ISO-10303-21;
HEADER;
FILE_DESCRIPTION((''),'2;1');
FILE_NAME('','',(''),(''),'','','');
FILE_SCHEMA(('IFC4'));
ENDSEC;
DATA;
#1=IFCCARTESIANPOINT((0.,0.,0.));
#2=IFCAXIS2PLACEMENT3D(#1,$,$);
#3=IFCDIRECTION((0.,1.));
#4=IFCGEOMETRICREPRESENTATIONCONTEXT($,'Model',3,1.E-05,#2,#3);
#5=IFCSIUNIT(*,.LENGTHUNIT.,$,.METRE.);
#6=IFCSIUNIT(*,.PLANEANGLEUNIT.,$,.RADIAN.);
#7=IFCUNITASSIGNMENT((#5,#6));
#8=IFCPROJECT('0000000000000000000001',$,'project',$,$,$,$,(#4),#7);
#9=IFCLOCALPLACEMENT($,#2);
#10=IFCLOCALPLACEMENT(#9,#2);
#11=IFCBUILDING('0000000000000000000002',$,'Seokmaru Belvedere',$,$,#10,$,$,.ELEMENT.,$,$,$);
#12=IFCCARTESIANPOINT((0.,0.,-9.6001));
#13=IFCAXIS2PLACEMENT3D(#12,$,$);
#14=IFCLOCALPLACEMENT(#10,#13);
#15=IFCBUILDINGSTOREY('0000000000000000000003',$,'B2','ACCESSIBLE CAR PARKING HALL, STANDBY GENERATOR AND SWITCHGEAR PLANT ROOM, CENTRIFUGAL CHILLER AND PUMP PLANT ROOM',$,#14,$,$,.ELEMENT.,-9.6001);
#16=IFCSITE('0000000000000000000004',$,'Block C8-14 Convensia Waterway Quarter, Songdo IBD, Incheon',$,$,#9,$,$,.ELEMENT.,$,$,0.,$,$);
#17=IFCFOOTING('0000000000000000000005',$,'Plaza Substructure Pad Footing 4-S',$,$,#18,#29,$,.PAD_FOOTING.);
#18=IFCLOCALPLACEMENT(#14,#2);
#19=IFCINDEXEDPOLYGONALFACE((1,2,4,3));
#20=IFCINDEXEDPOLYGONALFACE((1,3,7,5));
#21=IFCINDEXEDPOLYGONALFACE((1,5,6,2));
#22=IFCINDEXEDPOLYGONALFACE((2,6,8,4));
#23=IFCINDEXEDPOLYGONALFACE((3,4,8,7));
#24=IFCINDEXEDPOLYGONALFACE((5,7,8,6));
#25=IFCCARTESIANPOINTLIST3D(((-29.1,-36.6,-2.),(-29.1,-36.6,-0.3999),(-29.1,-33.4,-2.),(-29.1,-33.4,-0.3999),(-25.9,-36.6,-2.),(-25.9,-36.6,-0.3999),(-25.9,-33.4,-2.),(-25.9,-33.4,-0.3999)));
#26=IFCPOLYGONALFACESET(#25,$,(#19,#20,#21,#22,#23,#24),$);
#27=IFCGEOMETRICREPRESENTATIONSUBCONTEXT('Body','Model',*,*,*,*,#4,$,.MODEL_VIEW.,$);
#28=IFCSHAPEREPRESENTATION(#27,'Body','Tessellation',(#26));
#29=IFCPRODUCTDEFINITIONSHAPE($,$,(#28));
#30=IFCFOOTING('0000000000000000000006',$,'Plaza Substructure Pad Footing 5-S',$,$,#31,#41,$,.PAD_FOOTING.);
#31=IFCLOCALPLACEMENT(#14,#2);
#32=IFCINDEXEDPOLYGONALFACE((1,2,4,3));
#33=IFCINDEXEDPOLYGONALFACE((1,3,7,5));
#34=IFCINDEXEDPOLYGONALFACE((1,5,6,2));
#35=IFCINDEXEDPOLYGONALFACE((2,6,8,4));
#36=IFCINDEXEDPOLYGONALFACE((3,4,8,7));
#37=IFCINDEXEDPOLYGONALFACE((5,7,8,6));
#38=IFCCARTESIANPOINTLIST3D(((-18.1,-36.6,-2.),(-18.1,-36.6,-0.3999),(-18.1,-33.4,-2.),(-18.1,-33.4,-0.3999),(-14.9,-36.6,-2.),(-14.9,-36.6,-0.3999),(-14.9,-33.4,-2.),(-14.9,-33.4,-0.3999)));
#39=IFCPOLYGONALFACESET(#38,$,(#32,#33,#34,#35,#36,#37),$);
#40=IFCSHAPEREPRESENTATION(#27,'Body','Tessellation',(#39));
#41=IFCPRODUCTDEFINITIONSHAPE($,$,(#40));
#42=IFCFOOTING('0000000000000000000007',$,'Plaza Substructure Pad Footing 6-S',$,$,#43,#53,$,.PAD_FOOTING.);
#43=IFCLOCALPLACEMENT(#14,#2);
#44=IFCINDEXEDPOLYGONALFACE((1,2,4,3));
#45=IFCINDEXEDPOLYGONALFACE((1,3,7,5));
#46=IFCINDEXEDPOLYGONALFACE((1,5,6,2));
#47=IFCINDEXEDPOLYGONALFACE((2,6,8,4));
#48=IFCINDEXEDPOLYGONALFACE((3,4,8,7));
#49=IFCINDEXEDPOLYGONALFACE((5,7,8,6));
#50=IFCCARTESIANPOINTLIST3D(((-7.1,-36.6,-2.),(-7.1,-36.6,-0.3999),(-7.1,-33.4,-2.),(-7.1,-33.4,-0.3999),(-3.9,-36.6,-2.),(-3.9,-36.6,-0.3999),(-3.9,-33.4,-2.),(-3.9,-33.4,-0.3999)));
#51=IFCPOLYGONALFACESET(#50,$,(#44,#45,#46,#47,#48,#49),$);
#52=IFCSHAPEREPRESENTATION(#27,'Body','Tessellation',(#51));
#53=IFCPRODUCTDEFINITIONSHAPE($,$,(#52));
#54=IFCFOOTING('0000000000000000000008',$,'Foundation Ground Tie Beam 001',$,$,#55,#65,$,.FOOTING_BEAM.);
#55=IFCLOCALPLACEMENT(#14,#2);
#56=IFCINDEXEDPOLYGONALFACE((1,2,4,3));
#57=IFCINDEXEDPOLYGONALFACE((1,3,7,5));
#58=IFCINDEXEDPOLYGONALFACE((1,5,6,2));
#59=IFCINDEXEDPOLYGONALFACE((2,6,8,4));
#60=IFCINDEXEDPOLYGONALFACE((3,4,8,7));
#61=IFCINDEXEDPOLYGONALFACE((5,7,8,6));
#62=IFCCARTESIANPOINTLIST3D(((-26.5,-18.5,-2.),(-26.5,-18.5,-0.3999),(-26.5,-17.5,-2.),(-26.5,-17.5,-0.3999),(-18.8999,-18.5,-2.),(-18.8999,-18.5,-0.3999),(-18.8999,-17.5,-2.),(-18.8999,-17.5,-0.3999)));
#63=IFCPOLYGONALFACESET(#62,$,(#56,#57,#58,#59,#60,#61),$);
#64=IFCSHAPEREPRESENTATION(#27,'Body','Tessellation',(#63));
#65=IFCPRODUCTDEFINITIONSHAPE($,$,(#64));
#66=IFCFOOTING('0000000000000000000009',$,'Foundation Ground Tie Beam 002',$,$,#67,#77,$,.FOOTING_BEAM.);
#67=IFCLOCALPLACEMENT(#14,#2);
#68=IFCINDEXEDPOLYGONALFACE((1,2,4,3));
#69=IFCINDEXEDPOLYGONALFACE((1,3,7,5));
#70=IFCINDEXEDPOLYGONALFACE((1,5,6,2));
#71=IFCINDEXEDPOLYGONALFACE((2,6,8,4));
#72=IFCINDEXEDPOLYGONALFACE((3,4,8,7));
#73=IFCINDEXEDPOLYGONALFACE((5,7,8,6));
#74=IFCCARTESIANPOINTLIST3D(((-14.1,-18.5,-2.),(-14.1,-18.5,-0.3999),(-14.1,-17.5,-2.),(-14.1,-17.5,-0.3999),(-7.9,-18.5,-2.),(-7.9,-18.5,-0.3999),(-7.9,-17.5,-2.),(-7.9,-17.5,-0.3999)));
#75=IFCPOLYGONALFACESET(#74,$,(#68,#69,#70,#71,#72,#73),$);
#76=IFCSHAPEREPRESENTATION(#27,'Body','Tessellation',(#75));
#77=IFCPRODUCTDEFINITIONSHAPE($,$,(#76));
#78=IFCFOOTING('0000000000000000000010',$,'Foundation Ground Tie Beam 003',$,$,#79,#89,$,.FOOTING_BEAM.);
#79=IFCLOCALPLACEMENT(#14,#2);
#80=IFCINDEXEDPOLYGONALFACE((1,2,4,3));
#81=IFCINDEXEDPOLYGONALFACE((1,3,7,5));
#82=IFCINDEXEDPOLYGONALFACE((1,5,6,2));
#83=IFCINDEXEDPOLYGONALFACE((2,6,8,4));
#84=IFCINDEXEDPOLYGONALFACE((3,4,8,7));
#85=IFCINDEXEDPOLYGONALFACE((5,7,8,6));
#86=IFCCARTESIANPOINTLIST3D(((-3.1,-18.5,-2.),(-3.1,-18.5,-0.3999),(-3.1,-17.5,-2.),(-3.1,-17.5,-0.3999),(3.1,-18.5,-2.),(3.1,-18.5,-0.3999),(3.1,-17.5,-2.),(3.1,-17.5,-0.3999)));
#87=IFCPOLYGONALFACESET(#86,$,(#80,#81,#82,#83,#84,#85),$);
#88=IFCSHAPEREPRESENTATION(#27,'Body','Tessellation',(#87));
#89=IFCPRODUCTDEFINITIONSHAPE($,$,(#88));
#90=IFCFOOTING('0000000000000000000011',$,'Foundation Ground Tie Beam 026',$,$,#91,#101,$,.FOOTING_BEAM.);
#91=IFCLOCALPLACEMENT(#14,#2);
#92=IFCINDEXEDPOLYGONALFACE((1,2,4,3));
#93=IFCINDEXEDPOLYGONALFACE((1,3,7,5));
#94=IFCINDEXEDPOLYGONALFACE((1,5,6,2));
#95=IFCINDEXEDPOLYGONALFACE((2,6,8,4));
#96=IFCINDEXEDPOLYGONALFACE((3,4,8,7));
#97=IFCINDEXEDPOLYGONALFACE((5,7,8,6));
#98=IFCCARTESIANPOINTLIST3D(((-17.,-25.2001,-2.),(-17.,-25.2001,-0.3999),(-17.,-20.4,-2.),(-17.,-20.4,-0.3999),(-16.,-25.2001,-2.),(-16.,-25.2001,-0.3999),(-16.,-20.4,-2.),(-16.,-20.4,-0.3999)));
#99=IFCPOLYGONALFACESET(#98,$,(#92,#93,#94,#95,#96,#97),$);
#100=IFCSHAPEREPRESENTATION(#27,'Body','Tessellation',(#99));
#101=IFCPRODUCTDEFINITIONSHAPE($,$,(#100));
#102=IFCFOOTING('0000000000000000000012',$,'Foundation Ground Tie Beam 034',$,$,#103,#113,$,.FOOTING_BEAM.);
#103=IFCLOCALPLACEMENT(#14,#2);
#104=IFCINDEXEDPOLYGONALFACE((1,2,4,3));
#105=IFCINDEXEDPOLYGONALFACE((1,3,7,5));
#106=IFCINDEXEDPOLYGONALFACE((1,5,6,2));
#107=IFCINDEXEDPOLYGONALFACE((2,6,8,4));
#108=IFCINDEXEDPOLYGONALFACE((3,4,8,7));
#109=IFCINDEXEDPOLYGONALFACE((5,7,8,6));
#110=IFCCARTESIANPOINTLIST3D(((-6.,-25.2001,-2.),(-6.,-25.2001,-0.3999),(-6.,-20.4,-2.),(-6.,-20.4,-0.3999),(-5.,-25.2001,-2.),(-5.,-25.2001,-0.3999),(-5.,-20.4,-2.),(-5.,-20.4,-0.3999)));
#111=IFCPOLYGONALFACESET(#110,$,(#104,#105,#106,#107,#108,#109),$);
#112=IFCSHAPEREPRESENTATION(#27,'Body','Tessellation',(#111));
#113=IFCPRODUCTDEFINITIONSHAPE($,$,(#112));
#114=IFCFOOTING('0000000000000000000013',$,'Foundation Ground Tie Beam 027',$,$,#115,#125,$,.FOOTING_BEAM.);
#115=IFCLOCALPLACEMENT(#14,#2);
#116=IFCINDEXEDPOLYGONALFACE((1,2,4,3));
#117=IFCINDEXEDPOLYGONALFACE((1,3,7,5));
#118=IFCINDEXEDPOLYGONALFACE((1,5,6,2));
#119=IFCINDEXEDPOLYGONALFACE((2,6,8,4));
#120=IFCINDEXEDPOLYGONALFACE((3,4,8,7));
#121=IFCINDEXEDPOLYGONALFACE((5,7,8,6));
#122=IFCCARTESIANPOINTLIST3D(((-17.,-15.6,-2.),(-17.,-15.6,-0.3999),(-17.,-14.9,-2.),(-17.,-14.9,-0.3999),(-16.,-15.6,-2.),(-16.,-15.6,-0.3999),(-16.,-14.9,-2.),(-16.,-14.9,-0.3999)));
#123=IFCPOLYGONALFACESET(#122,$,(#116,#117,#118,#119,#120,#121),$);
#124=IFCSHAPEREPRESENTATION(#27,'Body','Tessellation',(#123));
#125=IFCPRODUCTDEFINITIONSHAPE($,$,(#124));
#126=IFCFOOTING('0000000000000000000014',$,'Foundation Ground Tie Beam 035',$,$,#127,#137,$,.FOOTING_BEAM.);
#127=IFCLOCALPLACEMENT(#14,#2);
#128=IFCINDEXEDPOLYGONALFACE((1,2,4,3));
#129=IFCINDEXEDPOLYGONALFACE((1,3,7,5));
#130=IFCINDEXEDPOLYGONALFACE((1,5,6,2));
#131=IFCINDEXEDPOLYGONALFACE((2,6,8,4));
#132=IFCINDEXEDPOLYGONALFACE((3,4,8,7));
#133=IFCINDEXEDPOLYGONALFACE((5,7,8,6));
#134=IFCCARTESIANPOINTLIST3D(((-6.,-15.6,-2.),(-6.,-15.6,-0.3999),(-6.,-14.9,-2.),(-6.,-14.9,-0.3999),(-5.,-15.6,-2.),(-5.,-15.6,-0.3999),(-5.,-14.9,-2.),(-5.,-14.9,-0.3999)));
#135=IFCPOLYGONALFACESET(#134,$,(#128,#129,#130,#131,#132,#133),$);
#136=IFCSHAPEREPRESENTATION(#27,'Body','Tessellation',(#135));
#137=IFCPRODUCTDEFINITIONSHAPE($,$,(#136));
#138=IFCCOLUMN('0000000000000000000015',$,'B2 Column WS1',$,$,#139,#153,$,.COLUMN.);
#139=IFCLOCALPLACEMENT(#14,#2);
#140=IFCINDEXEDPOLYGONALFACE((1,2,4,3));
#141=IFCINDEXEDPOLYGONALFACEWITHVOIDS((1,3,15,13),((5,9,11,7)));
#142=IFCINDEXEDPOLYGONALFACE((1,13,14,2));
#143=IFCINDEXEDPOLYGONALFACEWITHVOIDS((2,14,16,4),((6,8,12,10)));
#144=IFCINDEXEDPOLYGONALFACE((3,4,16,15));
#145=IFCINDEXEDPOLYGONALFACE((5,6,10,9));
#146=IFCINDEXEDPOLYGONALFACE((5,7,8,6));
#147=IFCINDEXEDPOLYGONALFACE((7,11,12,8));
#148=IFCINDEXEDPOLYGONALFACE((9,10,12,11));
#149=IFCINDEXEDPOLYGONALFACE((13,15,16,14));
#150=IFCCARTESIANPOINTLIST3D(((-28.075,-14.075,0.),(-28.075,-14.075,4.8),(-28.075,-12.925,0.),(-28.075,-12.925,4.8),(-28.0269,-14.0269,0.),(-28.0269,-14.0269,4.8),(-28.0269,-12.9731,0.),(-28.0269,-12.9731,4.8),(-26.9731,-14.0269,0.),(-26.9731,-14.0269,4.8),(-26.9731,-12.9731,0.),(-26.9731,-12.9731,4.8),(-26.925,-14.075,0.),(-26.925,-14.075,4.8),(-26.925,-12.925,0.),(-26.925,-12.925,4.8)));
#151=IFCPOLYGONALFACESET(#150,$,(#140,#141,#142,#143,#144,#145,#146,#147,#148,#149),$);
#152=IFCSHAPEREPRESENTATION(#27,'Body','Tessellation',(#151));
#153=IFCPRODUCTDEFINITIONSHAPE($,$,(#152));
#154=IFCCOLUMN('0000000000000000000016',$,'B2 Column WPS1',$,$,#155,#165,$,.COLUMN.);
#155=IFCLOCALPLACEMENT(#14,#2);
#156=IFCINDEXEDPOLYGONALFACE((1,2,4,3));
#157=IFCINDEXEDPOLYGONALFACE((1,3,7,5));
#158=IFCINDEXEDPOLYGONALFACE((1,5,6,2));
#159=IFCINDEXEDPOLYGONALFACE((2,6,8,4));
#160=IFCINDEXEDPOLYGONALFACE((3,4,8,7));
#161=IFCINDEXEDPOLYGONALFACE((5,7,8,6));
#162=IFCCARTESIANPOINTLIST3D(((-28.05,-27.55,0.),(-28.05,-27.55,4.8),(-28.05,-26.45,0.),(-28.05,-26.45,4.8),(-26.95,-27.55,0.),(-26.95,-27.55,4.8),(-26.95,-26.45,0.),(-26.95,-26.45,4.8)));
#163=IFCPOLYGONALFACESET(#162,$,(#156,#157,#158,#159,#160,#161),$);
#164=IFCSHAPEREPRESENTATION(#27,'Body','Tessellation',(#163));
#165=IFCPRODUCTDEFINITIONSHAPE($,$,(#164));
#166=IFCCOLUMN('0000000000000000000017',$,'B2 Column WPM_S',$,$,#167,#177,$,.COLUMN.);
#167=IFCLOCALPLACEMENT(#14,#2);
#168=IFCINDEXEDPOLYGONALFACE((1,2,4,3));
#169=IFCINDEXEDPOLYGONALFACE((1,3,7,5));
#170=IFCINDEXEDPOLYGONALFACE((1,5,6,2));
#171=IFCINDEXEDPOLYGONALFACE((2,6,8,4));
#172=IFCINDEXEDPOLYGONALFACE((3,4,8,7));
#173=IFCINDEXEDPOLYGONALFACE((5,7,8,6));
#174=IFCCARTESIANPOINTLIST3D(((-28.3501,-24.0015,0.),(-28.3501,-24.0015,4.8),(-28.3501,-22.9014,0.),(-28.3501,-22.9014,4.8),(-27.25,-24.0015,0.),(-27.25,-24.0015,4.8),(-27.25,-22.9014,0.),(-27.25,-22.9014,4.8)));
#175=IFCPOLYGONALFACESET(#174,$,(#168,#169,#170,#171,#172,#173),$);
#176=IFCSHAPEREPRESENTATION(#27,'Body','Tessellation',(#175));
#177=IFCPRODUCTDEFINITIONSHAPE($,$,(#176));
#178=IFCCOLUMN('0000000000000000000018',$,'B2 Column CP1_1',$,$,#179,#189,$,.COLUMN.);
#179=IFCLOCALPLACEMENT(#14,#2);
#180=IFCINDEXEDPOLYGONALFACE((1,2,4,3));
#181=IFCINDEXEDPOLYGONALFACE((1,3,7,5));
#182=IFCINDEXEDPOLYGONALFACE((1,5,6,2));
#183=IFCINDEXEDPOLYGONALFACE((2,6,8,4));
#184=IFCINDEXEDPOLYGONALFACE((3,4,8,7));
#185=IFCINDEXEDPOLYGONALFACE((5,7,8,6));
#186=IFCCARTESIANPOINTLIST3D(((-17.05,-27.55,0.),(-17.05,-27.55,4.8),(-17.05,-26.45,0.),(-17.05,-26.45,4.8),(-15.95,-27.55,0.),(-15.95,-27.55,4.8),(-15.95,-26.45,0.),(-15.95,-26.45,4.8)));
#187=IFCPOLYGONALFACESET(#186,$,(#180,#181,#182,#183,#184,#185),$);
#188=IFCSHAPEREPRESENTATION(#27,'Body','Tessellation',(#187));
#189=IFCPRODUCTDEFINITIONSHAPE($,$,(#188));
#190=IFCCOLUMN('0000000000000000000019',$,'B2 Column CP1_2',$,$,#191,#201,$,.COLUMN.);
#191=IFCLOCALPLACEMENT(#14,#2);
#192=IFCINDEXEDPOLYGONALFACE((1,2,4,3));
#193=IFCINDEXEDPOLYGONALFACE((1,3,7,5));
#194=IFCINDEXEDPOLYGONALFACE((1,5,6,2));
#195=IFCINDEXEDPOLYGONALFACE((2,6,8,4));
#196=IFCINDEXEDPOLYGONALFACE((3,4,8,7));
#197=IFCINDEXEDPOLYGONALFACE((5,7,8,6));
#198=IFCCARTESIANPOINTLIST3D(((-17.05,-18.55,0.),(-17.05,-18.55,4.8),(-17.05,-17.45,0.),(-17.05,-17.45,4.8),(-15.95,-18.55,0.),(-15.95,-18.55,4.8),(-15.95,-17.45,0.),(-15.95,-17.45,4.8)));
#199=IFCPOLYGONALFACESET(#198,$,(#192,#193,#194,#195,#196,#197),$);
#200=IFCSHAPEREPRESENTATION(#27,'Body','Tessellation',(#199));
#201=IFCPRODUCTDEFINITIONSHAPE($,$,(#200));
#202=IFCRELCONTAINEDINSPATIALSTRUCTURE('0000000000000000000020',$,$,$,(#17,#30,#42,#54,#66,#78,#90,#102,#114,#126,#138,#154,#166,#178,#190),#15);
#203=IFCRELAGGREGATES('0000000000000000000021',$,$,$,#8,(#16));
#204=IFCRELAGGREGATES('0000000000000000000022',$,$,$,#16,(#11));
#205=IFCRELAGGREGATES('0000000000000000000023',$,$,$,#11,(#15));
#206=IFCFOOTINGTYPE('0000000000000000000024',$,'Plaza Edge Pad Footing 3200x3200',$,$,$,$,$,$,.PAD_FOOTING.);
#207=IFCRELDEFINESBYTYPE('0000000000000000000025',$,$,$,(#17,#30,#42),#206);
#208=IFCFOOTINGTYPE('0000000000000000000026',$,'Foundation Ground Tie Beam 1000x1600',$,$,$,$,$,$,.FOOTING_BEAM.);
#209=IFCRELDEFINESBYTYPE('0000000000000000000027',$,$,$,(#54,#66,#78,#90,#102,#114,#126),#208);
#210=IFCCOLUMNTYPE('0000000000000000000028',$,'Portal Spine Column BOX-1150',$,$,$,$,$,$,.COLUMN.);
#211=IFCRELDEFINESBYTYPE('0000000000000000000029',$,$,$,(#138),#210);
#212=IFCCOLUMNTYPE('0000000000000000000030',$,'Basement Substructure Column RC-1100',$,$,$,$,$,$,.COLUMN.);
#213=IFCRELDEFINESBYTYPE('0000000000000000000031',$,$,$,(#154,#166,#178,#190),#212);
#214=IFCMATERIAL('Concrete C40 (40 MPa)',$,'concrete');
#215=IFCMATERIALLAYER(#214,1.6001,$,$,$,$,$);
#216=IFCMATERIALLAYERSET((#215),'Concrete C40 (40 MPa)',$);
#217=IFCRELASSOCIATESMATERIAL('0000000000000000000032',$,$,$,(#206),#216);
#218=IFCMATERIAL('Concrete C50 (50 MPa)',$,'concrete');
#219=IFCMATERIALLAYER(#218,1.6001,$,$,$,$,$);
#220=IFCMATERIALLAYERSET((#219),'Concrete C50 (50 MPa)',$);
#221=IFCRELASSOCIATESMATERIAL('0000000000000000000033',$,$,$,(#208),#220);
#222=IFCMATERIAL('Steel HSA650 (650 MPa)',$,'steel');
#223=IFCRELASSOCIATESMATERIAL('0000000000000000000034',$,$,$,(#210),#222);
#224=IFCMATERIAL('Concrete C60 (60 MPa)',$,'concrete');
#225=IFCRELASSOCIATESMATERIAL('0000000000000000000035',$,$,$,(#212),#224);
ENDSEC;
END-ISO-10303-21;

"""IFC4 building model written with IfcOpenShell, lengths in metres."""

from ifc_helpers import new_model, si_unit, direction, frame, origin, origin_2d, place, context, subcontext, project, spatial, rectangle, hollow_rectangle, extrude, source, transform, mapped, material, layer, layer_set, material_profile, profile_set, type_object, type_shapes, element, save


model = new_model("IFC4")

# Units and contexts
model_context = context("Model", 3, precision=1e-05, world=origin(), true_north=direction((0.0, 1.0)))
body_context = subcontext(model_context, "Body", "Model", "MODEL_VIEW")
ifc_project = project(units=[si_unit("LENGTHUNIT", "METRE"), si_unit("PLANEANGLEUNIT", "RADIAN")], contexts=[model_context])

# Site, building, storey
site_placement = place(None, origin())
site = spatial("IfcSite", under=ifc_project, at=site_placement, Name="Block C8-14 Convensia Waterway Quarter, Songdo IBD, Incheon", CompositionType="ELEMENT", RefElevation=0.0)
building_placement = place(site_placement, origin())
building = spatial("IfcBuilding", under=site, at=building_placement, Name="Seokmaru Belvedere", CompositionType="ELEMENT")
storey_placement = place(building_placement, frame((0.0, 0.0, -9.6001)))
storey = spatial("IfcBuildingStorey", under=building, at=storey_placement, Name="B2", Description="ACCESSIBLE CAR PARKING HALL, STANDBY GENERATOR AND SWITCHGEAR PLANT ROOM, CENTRIFUGAL CHILLER AND PUMP PLANT ROOM", CompositionType="ELEMENT", Elevation=-9.6001)

# Shared definitions
ifc_material_1 = material(Name="Concrete C50 (50 MPa)", Category="concrete")

# Footings
ifc_material_2 = material(Name="Concrete C40 (40 MPa)", Category="concrete")
ifc_layer_1 = layer(ifc_material_2, 1.6001)
ifc_layer_set_1 = layer_set([ifc_layer_1], Name="Concrete C40 (40 MPa)")
footing_type_1 = type_object("IfcFootingType", Name="Plaza Edge Pad Footing 3200x3200", PredefinedType="PAD_FOOTING", material=ifc_layer_set_1)
shared_shape_1 = source(origin(), body_context, "Body", "SweptSolid", [
    extrude(rectangle(XDim=3.2, YDim=3.2, at=origin_2d()), origin(), (0.0, 0.0, 1.0), 1.6001),
])
type_shapes(footing_type_1, [shared_shape_1])
for number, where, z_axis, x_axis, name in (
    (1, (-27.5, -35.0, -2.0), (0.0, 0.0, 1.0), (1.0, 0.0, 0.0), "Plaza Substructure Pad Footing 4-S"),
    (2, (-16.5, -35.0, -2.0), (0.0, 0.0, 1.0), (1.0, 0.0, 0.0), "Plaza Substructure Pad Footing 5-S"),
    (3, (-5.5, -35.0, -2.0), (0.0, 0.0, 1.0), (1.0, 0.0, 0.0), "Plaza Substructure Pad Footing 6-S"),
):
    element("IfcFooting", number, at=place(storey_placement, frame(where, z_axis=z_axis, x_axis=x_axis)), inside=storey, type_object=footing_type_1, Name=name, PredefinedType="PAD_FOOTING", context=body_context, shape_type="MappedRepresentation", body=[
        mapped(shared_shape_1, transform((0.0, 0.0, 0.0), scale=1.0)),
    ])
ifc_layer_2 = layer(ifc_material_1, 1.6001)
ifc_layer_set_2 = layer_set([ifc_layer_2], Name="Concrete C50 (50 MPa)")
footing_type_2 = type_object("IfcFootingType", Name="Foundation Ground Tie Beam 1000x1600", PredefinedType="FOOTING_BEAM", material=ifc_layer_set_2)
shared_shape_2 = source(origin(), body_context, "Body", "SweptSolid", [
    extrude(rectangle(XDim=7.6001, YDim=1.0, at=origin_2d()), origin(), (0.0, 0.0, 1.0), 1.6001),
])
footing_placement = place(storey_placement, frame((-22.7, -18.0, -2.0), z_axis=(0.0, 0.0, 1.0), x_axis=(1.0, 0.0, 0.0)))
element("IfcFooting", 4, at=footing_placement, inside=storey, type_object=footing_type_2, Name="Foundation Ground Tie Beam 001", PredefinedType="FOOTING_BEAM", context=body_context, shape_type="MappedRepresentation", body=[
    mapped(shared_shape_2, transform((0.0, 0.0, 0.0), scale=1.0)),
])
shared_shape_3 = source(origin(), body_context, "Body", "SweptSolid", [
    extrude(rectangle(XDim=6.2, YDim=1.0, at=origin_2d()), origin(), (0.0, 0.0, 1.0), 1.6001),
])
for number, where, z_axis, x_axis, name in (
    (5, (-11.0, -18.0, -2.0), (0.0, 0.0, 1.0), (1.0, 0.0, 0.0), "Foundation Ground Tie Beam 002"),
    (6, (0.0, -18.0, -2.0), (0.0, 0.0, 1.0), (1.0, 0.0, 0.0), "Foundation Ground Tie Beam 003"),
):
    element("IfcFooting", number, at=place(storey_placement, frame(where, z_axis=z_axis, x_axis=x_axis)), inside=storey, type_object=footing_type_2, Name=name, PredefinedType="FOOTING_BEAM", context=body_context, shape_type="MappedRepresentation", body=[
        mapped(shared_shape_3, transform((0.0, 0.0, 0.0), scale=1.0)),
    ])
shared_shape_4 = source(origin(), body_context, "Body", "SweptSolid", [
    extrude(rectangle(XDim=1.0, YDim=4.8, at=origin_2d()), origin(), (0.0, 0.0, 1.0), 1.6001),
])
for number, where, z_axis, x_axis, name in (
    (7, (-16.5, -22.8, -2.0), (0.0, 0.0, 1.0), (1.0, 0.0, 0.0), "Foundation Ground Tie Beam 026"),
    (8, (-5.5, -22.8, -2.0), (0.0, 0.0, 1.0), (1.0, 0.0, 0.0), "Foundation Ground Tie Beam 034"),
):
    element("IfcFooting", number, at=place(storey_placement, frame(where, z_axis=z_axis, x_axis=x_axis)), inside=storey, type_object=footing_type_2, Name=name, PredefinedType="FOOTING_BEAM", context=body_context, shape_type="MappedRepresentation", body=[
        mapped(shared_shape_4, transform((0.0, 0.0, 0.0), scale=1.0)),
    ])
shared_shape_5 = source(origin(), body_context, "Body", "SweptSolid", [
    extrude(rectangle(XDim=1.0, YDim=0.7, at=origin_2d()), origin(), (0.0, 0.0, 1.0), 1.6001),
])
type_shapes(footing_type_2, [shared_shape_2, shared_shape_3, shared_shape_4, shared_shape_5])
for number, where, z_axis, x_axis, name in (
    (9, (-16.5, -15.25, -2.0), (0.0, 0.0, 1.0), (1.0, 0.0, 0.0), "Foundation Ground Tie Beam 027"),
    (10, (-5.5, -15.25, -2.0), (0.0, 0.0, 1.0), (1.0, 0.0, 0.0), "Foundation Ground Tie Beam 035"),
):
    element("IfcFooting", number, at=place(storey_placement, frame(where, z_axis=z_axis, x_axis=x_axis)), inside=storey, type_object=footing_type_2, Name=name, PredefinedType="FOOTING_BEAM", context=body_context, shape_type="MappedRepresentation", body=[
        mapped(shared_shape_5, transform((0.0, 0.0, 0.0), scale=1.0)),
    ])

# Columns
ifc_material_3 = material(Name="Steel HSA650 (650 MPa)", Category="steel")
ifc_material_profile_1 = material_profile(ifc_material_3, hollow_rectangle(XDim=1.1499, YDim=1.1499, WallThickness=0.0481, at=origin_2d()), Name="BOX-1150x1150x48")
ifc_profile_set_1 = profile_set([ifc_material_profile_1], Name="Steel HSA650 (650 MPa)")
column_type_1 = type_object("IfcColumnType", Name="Portal Spine Column BOX-1150", PredefinedType="COLUMN", material=ifc_profile_set_1)
shared_shape_6 = source(origin(), body_context, "Body", "SweptSolid", [
    extrude(hollow_rectangle(XDim=1.1499, YDim=1.1499, WallThickness=0.0481, at=origin_2d()), origin(), (0.0, 0.0, 1.0), 4.8),
])
type_shapes(column_type_1, [shared_shape_6])
column_placement = place(storey_placement, frame((-27.5, -13.5, 0.0), z_axis=(0.0, 0.0, 1.0), x_axis=(1.0, 0.0, 0.0)))
element("IfcColumn", 11, at=column_placement, inside=storey, type_object=column_type_1, Name="B2 Column WS1", PredefinedType="COLUMN", context=body_context, shape_type="MappedRepresentation", body=[
    mapped(shared_shape_6, transform((0.0, 0.0, 0.0), scale=1.0)),
])
ifc_material_4 = material(Name="Concrete C60 (60 MPa)", Category="concrete")
ifc_material_profile_2 = material_profile(ifc_material_4, rectangle(XDim=1.1001, YDim=1.1001, at=origin_2d()), Name="RC-1100x1100")
ifc_profile_set_2 = profile_set([ifc_material_profile_2], Name="Concrete C60 (60 MPa)")
column_type_2 = type_object("IfcColumnType", Name="Basement Substructure Column RC-1100", PredefinedType="COLUMN", material=ifc_profile_set_2)
shared_shape_7 = source(origin(), body_context, "Body", "SweptSolid", [
    extrude(rectangle(XDim=1.1001, YDim=1.1001, at=origin_2d()), origin(), (0.0, 0.0, 1.0), 4.8),
])
type_shapes(column_type_2, [shared_shape_7])
for number, where, z_axis, x_axis, name in (
    (12, (-27.5, -27.0, 0.0), (0.0, 0.0, 1.0), (1.0, 0.0, 0.0), "B2 Column WPS1"),
    (13, (-27.8, -23.4514, 0.0), (0.0, 0.0, 1.0), (1.0, 0.0, 0.0), "B2 Column WPM_S"),
    (14, (-16.5, -27.0, 0.0), (0.0, 0.0, 1.0), (1.0, 0.0, 0.0), "B2 Column CP1_1"),
    (15, (-16.5, -18.0, 0.0), (0.0, 0.0, 1.0), (1.0, 0.0, 0.0), "B2 Column CP1_2"),
):
    element("IfcColumn", number, at=place(storey_placement, frame(where, z_axis=z_axis, x_axis=x_axis)), inside=storey, type_object=column_type_2, Name=name, PredefinedType="COLUMN", context=body_context, shape_type="MappedRepresentation", body=[
        mapped(shared_shape_7, transform((0.0, 0.0, 0.0), scale=1.0)),
    ])

save(model, "model.ifc")
